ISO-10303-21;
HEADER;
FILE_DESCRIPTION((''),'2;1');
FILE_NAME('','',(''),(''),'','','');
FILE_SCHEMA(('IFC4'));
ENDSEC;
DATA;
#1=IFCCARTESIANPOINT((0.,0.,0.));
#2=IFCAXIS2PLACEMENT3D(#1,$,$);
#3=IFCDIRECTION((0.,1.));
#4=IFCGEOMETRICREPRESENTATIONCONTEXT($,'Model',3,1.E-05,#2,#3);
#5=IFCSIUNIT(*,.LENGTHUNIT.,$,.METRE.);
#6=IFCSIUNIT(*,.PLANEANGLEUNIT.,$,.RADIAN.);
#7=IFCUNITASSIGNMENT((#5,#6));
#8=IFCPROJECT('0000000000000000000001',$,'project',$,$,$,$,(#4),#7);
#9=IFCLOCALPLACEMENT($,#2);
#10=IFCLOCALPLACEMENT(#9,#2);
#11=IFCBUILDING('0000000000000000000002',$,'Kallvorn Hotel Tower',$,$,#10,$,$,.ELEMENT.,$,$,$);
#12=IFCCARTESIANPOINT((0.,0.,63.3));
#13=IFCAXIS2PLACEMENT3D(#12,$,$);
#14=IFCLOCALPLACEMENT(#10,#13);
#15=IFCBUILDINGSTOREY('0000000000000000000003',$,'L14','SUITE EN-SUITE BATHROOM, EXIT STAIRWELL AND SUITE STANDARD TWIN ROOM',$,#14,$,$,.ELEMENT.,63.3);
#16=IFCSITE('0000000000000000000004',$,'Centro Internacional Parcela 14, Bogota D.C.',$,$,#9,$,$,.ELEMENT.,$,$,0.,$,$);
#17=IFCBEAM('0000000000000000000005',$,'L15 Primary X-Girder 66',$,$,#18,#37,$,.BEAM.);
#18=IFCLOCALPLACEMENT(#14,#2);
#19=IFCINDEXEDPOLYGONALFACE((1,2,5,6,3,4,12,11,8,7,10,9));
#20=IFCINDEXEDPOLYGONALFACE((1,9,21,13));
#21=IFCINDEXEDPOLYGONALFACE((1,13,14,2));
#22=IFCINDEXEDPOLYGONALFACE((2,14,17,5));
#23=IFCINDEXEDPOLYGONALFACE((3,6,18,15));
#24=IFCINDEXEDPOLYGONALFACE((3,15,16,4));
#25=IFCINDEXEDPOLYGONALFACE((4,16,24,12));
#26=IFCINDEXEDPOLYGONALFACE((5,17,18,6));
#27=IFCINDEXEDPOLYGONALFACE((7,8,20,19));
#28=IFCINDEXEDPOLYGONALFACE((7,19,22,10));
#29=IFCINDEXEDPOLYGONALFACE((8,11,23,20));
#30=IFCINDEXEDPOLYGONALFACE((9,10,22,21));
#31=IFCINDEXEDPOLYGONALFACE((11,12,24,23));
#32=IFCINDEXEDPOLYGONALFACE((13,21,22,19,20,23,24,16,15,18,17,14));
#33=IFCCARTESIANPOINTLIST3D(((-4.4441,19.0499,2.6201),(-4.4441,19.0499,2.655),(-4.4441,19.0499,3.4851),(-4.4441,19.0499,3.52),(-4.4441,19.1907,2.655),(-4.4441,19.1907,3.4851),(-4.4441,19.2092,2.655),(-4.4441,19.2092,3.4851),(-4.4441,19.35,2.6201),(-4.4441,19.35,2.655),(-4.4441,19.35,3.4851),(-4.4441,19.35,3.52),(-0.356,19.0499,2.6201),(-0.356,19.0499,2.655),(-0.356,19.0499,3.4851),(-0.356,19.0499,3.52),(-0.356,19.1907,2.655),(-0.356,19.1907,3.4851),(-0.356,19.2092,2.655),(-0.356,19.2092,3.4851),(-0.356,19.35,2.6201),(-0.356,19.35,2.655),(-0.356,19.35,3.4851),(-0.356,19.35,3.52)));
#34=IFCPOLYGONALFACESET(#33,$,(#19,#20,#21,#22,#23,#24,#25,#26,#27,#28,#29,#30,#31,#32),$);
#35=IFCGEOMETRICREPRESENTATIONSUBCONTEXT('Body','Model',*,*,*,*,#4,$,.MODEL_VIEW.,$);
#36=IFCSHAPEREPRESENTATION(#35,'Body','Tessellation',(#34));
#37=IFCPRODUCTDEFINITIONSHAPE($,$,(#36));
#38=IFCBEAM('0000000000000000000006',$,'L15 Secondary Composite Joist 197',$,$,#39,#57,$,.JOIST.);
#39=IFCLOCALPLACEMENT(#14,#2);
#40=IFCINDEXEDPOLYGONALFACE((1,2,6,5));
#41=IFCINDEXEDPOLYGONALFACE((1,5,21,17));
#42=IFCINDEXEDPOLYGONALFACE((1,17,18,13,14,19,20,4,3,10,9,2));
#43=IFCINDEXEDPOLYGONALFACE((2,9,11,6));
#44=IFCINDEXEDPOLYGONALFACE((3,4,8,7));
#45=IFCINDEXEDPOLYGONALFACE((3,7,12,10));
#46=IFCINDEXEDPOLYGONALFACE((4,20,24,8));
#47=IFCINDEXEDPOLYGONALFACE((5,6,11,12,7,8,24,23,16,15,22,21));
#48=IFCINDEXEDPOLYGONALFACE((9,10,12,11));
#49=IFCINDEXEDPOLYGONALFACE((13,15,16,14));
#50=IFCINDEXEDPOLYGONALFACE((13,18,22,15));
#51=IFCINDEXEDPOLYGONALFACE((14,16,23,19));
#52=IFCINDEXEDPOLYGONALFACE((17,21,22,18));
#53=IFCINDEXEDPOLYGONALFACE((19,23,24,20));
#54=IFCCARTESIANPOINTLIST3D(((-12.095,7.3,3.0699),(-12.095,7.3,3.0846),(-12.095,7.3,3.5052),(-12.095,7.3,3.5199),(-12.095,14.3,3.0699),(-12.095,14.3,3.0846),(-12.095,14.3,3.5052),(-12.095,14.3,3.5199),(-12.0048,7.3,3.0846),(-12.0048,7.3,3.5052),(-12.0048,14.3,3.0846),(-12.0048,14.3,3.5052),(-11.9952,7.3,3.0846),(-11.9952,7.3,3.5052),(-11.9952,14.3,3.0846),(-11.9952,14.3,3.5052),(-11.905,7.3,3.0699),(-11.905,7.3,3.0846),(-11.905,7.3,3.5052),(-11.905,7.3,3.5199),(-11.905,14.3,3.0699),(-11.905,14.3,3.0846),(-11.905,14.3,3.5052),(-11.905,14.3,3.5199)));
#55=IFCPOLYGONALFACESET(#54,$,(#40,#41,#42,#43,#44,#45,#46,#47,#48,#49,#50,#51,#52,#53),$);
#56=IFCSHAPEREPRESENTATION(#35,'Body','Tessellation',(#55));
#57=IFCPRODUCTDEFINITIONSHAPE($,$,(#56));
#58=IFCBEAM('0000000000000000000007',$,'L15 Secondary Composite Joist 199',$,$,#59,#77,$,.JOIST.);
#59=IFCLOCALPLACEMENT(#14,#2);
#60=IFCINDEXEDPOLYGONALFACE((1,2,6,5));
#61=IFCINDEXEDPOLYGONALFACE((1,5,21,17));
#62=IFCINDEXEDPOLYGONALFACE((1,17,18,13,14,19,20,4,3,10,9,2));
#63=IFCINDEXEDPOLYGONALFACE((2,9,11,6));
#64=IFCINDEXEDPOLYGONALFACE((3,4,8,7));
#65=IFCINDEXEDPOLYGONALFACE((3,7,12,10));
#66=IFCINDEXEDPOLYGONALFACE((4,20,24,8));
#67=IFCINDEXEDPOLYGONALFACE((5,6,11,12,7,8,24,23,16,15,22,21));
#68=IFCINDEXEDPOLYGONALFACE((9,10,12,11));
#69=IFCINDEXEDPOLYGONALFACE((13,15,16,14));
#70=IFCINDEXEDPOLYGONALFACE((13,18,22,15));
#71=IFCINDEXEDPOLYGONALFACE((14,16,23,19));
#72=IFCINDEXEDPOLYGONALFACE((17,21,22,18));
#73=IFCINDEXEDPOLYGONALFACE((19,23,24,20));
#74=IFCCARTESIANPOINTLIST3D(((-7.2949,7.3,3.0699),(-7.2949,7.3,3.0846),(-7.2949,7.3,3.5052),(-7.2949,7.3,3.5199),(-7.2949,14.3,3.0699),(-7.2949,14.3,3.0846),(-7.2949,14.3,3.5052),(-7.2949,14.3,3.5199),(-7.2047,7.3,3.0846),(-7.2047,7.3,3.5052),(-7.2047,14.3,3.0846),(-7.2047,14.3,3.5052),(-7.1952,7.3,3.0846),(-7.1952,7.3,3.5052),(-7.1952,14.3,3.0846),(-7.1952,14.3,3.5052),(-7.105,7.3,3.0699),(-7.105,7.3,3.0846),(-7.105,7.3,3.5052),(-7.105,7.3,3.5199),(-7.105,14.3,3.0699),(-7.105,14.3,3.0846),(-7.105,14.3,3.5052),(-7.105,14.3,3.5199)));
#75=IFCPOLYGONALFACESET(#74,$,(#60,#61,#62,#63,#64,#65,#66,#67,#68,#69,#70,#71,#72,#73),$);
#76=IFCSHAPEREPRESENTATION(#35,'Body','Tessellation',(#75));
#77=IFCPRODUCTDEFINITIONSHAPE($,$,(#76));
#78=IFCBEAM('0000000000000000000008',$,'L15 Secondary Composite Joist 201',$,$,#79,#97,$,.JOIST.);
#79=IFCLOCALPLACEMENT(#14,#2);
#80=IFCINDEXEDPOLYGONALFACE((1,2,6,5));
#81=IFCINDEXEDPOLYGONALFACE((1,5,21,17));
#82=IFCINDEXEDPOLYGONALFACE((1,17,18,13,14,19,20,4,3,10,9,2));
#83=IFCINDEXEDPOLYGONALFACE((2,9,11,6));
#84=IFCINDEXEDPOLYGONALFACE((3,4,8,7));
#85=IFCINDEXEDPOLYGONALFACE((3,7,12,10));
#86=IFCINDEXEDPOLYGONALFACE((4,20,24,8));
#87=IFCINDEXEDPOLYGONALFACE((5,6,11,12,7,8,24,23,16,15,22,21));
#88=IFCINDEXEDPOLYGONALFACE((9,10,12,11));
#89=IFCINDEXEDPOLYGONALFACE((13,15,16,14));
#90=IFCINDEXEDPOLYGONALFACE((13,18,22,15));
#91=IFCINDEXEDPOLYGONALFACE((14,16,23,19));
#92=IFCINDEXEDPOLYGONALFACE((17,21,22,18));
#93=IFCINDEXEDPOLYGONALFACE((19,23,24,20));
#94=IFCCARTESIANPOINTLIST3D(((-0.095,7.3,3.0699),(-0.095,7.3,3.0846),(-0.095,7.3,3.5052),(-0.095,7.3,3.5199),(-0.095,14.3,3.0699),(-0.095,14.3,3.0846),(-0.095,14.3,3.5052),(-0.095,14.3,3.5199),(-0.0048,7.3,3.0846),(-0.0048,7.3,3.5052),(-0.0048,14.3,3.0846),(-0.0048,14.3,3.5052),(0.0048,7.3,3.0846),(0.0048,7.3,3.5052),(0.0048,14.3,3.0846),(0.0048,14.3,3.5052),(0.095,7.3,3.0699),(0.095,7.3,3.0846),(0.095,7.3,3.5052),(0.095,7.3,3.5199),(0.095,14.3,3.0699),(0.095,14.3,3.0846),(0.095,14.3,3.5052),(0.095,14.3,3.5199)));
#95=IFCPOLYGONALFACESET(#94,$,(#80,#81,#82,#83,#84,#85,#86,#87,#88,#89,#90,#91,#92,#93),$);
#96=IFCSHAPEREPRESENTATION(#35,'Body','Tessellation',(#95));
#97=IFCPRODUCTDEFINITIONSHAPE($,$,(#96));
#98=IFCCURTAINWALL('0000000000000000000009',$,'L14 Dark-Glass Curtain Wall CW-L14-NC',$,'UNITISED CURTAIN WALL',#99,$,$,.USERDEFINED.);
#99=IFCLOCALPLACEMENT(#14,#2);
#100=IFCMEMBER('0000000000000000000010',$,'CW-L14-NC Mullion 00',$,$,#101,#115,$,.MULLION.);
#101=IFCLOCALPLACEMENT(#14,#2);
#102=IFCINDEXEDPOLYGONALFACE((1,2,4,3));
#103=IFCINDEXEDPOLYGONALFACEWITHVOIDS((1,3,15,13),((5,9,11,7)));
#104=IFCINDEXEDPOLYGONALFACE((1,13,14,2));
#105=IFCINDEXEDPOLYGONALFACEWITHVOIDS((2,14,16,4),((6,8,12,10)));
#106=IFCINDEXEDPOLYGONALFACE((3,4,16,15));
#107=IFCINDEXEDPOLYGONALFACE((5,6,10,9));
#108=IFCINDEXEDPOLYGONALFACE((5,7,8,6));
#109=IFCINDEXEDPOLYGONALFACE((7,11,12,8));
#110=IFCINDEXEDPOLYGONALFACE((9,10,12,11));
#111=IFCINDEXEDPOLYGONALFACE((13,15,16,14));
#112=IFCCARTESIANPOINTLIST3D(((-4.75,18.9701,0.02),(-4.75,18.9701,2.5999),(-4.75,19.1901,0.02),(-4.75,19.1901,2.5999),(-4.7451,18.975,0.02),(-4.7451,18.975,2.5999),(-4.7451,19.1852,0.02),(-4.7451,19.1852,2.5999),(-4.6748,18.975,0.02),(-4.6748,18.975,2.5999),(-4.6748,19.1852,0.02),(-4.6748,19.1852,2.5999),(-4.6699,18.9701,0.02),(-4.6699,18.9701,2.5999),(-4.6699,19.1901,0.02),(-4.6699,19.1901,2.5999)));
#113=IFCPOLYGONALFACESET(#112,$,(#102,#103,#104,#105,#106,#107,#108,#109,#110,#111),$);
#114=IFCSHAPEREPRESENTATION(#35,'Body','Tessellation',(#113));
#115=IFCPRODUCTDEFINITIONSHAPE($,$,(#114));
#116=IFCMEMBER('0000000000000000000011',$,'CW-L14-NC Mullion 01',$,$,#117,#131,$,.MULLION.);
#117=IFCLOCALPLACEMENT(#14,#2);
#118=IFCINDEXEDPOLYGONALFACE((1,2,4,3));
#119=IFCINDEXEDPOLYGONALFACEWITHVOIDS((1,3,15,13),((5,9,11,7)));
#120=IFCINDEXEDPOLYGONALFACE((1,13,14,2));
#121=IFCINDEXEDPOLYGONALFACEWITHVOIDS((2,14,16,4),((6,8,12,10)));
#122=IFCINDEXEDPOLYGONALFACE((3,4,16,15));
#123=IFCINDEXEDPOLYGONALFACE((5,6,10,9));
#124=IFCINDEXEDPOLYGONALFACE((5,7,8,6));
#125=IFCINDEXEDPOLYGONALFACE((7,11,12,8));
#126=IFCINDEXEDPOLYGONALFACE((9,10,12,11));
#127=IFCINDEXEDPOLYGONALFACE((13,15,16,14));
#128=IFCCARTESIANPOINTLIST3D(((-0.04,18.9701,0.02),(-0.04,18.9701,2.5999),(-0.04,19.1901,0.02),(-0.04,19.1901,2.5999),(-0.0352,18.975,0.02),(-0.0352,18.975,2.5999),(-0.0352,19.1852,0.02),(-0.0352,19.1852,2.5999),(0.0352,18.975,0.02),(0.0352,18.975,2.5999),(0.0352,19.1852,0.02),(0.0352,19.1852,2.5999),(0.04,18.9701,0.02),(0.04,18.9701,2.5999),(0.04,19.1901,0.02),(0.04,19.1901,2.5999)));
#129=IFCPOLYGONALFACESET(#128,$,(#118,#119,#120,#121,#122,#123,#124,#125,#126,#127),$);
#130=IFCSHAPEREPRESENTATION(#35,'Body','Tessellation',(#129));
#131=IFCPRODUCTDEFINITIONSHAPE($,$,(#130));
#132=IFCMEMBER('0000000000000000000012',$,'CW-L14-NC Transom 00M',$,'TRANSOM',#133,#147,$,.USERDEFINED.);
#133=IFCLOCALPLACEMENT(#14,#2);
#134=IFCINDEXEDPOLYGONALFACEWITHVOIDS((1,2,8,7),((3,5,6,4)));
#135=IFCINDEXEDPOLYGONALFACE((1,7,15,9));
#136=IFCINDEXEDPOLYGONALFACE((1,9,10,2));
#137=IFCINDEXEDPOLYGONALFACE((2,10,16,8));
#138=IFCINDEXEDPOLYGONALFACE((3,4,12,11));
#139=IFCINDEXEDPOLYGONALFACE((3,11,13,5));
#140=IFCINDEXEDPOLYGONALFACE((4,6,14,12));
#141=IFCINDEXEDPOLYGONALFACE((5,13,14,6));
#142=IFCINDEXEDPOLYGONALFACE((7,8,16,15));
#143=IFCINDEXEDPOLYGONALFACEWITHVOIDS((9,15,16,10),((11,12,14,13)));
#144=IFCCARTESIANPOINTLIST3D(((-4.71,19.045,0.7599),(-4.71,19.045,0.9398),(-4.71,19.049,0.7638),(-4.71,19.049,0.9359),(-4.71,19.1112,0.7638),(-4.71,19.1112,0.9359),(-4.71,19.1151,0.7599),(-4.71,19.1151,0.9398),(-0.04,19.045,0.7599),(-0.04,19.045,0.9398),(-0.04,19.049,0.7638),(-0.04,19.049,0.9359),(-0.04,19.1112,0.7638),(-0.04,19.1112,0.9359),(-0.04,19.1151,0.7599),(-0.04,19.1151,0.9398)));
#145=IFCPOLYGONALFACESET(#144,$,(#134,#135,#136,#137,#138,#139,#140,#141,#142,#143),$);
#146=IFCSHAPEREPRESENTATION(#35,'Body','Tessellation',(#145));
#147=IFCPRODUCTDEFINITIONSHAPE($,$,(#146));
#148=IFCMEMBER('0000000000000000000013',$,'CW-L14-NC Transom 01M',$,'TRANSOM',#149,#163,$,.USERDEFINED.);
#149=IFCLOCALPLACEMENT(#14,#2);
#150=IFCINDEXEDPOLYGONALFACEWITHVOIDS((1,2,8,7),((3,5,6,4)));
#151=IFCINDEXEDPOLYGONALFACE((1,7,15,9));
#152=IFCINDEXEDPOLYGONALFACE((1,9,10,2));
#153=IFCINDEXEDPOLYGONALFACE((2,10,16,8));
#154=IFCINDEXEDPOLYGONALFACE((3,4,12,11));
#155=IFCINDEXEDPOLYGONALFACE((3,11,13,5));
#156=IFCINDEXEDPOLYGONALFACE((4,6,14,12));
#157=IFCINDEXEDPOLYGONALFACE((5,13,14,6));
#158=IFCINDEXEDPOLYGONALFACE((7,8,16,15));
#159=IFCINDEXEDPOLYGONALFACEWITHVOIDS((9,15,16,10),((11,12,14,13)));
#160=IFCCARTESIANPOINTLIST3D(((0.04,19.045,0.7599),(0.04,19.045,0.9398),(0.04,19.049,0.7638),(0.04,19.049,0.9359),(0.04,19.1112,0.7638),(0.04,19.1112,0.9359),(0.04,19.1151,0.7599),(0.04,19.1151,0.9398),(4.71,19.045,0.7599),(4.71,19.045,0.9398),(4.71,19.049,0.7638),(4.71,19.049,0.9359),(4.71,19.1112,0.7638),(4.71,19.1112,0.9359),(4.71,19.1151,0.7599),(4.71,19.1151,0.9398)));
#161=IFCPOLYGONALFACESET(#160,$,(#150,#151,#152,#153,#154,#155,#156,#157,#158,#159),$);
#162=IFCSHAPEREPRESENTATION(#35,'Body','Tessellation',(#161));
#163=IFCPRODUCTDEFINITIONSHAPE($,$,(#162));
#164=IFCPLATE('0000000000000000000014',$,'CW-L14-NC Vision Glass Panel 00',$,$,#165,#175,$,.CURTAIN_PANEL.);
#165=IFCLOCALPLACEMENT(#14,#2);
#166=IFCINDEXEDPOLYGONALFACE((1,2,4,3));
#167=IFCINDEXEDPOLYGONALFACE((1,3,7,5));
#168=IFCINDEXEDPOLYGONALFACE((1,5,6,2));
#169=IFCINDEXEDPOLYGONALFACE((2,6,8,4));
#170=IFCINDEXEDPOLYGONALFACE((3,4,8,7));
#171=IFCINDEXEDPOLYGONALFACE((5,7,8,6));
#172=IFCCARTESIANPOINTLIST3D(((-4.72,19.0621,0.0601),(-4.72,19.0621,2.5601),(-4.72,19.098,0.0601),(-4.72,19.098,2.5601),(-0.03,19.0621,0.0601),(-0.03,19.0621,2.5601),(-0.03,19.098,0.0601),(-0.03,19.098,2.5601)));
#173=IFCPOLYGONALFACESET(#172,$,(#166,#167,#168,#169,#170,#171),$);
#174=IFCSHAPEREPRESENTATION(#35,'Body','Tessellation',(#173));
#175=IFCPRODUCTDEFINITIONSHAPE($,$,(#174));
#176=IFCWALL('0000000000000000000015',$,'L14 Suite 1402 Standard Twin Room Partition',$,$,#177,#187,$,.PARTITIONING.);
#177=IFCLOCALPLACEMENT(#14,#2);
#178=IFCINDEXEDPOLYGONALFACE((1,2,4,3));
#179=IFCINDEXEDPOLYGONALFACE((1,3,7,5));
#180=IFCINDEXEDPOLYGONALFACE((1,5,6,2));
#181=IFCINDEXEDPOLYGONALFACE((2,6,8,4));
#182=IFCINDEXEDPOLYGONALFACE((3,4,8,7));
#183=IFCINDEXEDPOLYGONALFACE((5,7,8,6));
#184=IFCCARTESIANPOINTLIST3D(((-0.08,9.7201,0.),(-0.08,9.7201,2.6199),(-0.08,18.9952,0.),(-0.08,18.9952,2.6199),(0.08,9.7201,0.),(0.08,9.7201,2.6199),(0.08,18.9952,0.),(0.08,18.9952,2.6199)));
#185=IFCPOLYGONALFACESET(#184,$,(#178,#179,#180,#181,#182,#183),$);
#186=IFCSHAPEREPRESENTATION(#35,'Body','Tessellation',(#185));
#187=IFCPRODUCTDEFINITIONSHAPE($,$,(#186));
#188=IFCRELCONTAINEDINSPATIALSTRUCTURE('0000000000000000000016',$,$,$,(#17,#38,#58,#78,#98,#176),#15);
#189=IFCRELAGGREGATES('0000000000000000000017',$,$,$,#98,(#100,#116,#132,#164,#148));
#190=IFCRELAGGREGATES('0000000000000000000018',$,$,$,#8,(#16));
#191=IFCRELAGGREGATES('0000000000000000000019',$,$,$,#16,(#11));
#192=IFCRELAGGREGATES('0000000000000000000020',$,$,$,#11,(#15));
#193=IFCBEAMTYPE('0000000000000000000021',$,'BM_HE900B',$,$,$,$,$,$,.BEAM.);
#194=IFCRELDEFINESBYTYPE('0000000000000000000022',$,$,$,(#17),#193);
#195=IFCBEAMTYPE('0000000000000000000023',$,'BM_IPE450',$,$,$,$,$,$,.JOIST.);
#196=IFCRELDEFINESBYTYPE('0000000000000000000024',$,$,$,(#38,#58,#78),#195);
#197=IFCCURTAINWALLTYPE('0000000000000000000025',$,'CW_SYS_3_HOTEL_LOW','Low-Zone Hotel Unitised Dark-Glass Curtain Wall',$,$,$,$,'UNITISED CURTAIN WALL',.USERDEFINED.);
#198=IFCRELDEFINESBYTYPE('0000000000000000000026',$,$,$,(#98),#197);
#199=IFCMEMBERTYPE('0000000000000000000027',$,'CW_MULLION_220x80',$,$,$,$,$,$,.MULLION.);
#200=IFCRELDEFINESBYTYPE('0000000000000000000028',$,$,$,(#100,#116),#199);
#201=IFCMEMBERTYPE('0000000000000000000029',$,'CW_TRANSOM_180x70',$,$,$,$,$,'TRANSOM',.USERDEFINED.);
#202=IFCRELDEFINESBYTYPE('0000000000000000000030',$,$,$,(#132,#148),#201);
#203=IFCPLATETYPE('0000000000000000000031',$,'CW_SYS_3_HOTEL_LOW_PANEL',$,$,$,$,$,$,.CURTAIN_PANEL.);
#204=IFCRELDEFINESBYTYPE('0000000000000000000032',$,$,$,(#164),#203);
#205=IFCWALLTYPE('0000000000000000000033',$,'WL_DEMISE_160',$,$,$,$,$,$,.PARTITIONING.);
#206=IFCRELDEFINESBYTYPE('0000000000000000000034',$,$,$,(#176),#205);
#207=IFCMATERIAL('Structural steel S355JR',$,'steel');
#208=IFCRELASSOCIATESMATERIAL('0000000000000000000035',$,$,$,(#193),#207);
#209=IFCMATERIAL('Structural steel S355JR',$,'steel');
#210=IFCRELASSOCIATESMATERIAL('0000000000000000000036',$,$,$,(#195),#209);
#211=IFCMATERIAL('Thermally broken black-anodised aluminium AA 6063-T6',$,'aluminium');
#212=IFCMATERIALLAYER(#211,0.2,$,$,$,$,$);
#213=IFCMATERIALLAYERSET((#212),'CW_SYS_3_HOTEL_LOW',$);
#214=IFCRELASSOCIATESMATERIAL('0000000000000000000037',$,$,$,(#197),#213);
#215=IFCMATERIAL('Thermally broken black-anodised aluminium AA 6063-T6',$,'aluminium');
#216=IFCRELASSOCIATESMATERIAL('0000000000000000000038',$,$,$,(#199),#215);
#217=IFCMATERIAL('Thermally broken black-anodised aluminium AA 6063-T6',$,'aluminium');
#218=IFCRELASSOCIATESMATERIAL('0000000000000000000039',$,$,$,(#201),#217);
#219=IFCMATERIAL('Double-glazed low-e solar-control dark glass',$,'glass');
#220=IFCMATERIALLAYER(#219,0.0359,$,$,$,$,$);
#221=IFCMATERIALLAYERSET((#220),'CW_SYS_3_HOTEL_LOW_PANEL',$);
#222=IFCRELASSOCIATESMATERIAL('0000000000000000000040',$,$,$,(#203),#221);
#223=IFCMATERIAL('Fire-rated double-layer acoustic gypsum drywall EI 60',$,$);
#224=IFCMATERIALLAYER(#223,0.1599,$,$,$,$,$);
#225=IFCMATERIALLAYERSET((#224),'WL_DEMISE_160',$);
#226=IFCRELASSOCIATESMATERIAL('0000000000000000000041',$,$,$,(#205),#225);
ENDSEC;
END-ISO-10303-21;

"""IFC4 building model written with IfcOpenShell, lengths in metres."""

from ifc_helpers import new_model, si_unit, direction, frame, frame_2d, origin, origin_2d, place, context, subcontext, project, spatial, rectangle, hollow_rectangle, i_section, extrude, material, layer, layer_set, material_profile, profile_set, type_object, element, aggregate, save


model = new_model("IFC4")

# Units and contexts
model_context = context("Model", 3, precision=1e-05, world=origin(), true_north=direction((0.0, 1.0)))
body_context = subcontext(model_context, "Body", "Model", "MODEL_VIEW")
ifc_project = project(units=[si_unit("LENGTHUNIT", "METRE"), si_unit("PLANEANGLEUNIT", "RADIAN")], contexts=[model_context])

# Site, building, storey
site_placement = place(None, origin())
site = spatial("IfcSite", under=ifc_project, at=site_placement, Name="Centro Internacional Parcela 14, Bogota D.C.", CompositionType="ELEMENT", RefElevation=0.0)
building_placement = place(site_placement, origin())
building = spatial("IfcBuilding", under=site, at=building_placement, Name="Kallvorn Hotel Tower", CompositionType="ELEMENT")
storey_placement = place(building_placement, frame((0.0, 0.0, 63.3)))
storey = spatial("IfcBuildingStorey", under=building, at=storey_placement, Name="L14", Description="SUITE EN-SUITE BATHROOM, EXIT STAIRWELL AND SUITE STANDARD TWIN ROOM", CompositionType="ELEMENT", Elevation=63.3)

# Beams
ifc_material_1 = material(Name="Structural steel S355JR", Category="steel")
ifc_material_profile_1 = material_profile(ifc_material_1, i_section(OverallWidth=0.3, OverallDepth=0.8999, WebThickness=0.0186, FlangeThickness=0.0349, at=origin_2d()), Name="HE 900 B")
ifc_profile_set_1 = profile_set([ifc_material_profile_1], Name="Structural steel S355JR")
beam_type_1 = type_object("IfcBeamType", Name="BM_HE900B", PredefinedType="BEAM", material=ifc_profile_set_1)
beam_1_placement = place(storey_placement, frame((-4.4441, 19.2, 3.0701), z_axis=(1.0, 0.0, 0.0), x_axis=(0.0, 1.0, 0.0)))
element("IfcBeam", 1, at=beam_1_placement, inside=storey, type_object=beam_type_1, Name="L15 Primary X-Girder 66", PredefinedType="BEAM", context=body_context, shape_type="SweptSolid", body=[
    extrude(i_section(OverallWidth=0.3, OverallDepth=0.8999, WebThickness=0.0186, FlangeThickness=0.0349, at=origin_2d()), origin(), (0.0, 0.0, 1.0), 4.0881),
])
ifc_material_2 = material(Name="Structural steel S355JR", Category="steel")
ifc_material_profile_2 = material_profile(ifc_material_2, i_section(OverallWidth=0.1899, OverallDepth=0.45, WebThickness=0.0095, FlangeThickness=0.0146, at=origin_2d()), Name="IPE 450")
ifc_profile_set_2 = profile_set([ifc_material_profile_2], Name="Structural steel S355JR")
beam_type_2 = type_object("IfcBeamType", Name="BM_IPE450", PredefinedType="JOIST", material=ifc_profile_set_2)
for number, where, z_axis, x_axis, name in (
    (2, (-12.0, 7.3, 3.2949), (0.0, 1.0, 0.0), (-1.0, 0.0, 0.0), "L15 Secondary Composite Joist 197"),
    (3, (-7.2, 7.3, 3.2949), (0.0, 1.0, 0.0), (-1.0, 0.0, 0.0), "L15 Secondary Composite Joist 199"),
    (4, (0.0, 7.3, 3.2949), (0.0, 1.0, 0.0), (-1.0, 0.0, 0.0), "L15 Secondary Composite Joist 201"),
):
    element("IfcBeam", number, at=place(storey_placement, frame(where, z_axis=z_axis, x_axis=x_axis)), inside=storey, type_object=beam_type_2, Name=name, PredefinedType="JOIST", context=body_context, shape_type="SweptSolid", body=[
        extrude(i_section(OverallWidth=0.1899, OverallDepth=0.45, WebThickness=0.0095, FlangeThickness=0.0146, at=origin_2d()), origin(), (0.0, 0.0, 1.0), 7.0),
    ])

# Curtain wall, members, plate
ifc_material_3 = material(Name="Thermally broken black-anodised aluminium AA 6063-T6", Category="aluminium")
ifc_layer_1 = layer(ifc_material_3, 0.2)
ifc_layer_set_1 = layer_set([ifc_layer_1], Name="CW_SYS_3_HOTEL_LOW")
curtain_wall_type = type_object("IfcCurtainWallType", Name="CW_SYS_3_HOTEL_LOW", Description="Low-Zone Hotel Unitised Dark-Glass Curtain Wall", ElementType="UNITISED CURTAIN WALL", PredefinedType="USERDEFINED", material=ifc_layer_set_1)
curtain_wall_placement = place(storey_placement, origin())
curtain_wall = element("IfcCurtainWall", 5, at=curtain_wall_placement, inside=storey, type_object=curtain_wall_type, Name="L14 Dark-Glass Curtain Wall CW-L14-NC", ObjectType="UNITISED CURTAIN WALL", PredefinedType="USERDEFINED")
ifc_material_4 = material(Name="Thermally broken black-anodised aluminium AA 6063-T6", Category="aluminium")
ifc_material_profile_3 = material_profile(ifc_material_4, hollow_rectangle(XDim=0.0801, YDim=0.22, WallThickness=0.0049, at=origin_2d()), Name="MUL 220x80")
ifc_profile_set_3 = profile_set([ifc_material_profile_3], Name="Thermally broken black-anodised aluminium AA 6063-T6")
member_type_1 = type_object("IfcMemberType", Name="CW_MULLION_220x80", PredefinedType="MULLION", material=ifc_profile_set_3)
member_1_placement = place(storey_placement, frame((-4.71, 19.0801, 0.02), z_axis=(0.0, 0.0, 1.0), x_axis=(1.0, 0.0, 0.0)))
member_1 = element("IfcMember", 6, at=member_1_placement, type_object=member_type_1, Name="CW-L14-NC Mullion 00", PredefinedType="MULLION", context=body_context, shape_type="SweptSolid", body=[
    extrude(hollow_rectangle(XDim=0.0801, YDim=0.22, WallThickness=0.0049, at=origin_2d()), origin(), (0.0, 0.0, 1.0), 2.5798),
])
member_2_placement = place(storey_placement, frame((0.0, 19.0801, 0.02), z_axis=(0.0, 0.0, 1.0), x_axis=(1.0, 0.0, 0.0)))
member_2 = element("IfcMember", 7, at=member_2_placement, type_object=member_type_1, Name="CW-L14-NC Mullion 01", PredefinedType="MULLION", context=body_context, shape_type="SweptSolid", body=[
    extrude(hollow_rectangle(XDim=0.0801, YDim=0.22, WallThickness=0.0049, at=origin_2d()), origin(), (0.0, 0.0, 1.0), 2.5798),
])
ifc_material_5 = material(Name="Thermally broken black-anodised aluminium AA 6063-T6", Category="aluminium")
ifc_material_profile_4 = material_profile(ifc_material_5, hollow_rectangle(XDim=0.0701, YDim=0.1799, WallThickness=0.0039, at=origin_2d()), Name="TRN 180x70")
ifc_profile_set_4 = profile_set([ifc_material_profile_4], Name="Thermally broken black-anodised aluminium AA 6063-T6")
member_type_2 = type_object("IfcMemberType", Name="CW_TRANSOM_180x70", ElementType="TRANSOM", PredefinedType="USERDEFINED", material=ifc_profile_set_4)
member_3_placement = place(storey_placement, frame((-4.71, 19.0801, 0.8499), z_axis=(1.0, 0.0, 0.0), x_axis=(0.0, 1.0, 0.0)))
member_3 = element("IfcMember", 8, at=member_3_placement, type_object=member_type_2, Name="CW-L14-NC Transom 00M", ObjectType="TRANSOM", PredefinedType="USERDEFINED", context=body_context, shape_type="SweptSolid", body=[
    extrude(hollow_rectangle(XDim=0.0701, YDim=0.1799, WallThickness=0.0039, at=origin_2d()), origin(), (0.0, 0.0, 1.0), 4.6699),
])
member_4_placement = place(storey_placement, frame((0.04, 19.0801, 0.8499), z_axis=(1.0, 0.0, 0.0), x_axis=(0.0, 1.0, 0.0)))
member_4 = element("IfcMember", 9, at=member_4_placement, type_object=member_type_2, Name="CW-L14-NC Transom 01M", ObjectType="TRANSOM", PredefinedType="USERDEFINED", context=body_context, shape_type="SweptSolid", body=[
    extrude(hollow_rectangle(XDim=0.0701, YDim=0.1799, WallThickness=0.0039, at=origin_2d()), origin(), (0.0, 0.0, 1.0), 4.6699),
])
ifc_material_6 = material(Name="Double-glazed low-e solar-control dark glass", Category="glass")
ifc_layer_2 = layer(ifc_material_6, 0.0359)
ifc_layer_set_2 = layer_set([ifc_layer_2], Name="CW_SYS_3_HOTEL_LOW_PANEL")
plate_type = type_object("IfcPlateType", Name="CW_SYS_3_HOTEL_LOW_PANEL", PredefinedType="CURTAIN_PANEL", material=ifc_layer_set_2)
plate_placement = place(storey_placement, frame((-2.375, 19.0801, 0.0601), z_axis=(0.0, 0.0, 1.0), x_axis=(1.0, 0.0, 0.0)))
plate = element("IfcPlate", 10, at=plate_placement, type_object=plate_type, Name="CW-L14-NC Vision Glass Panel 00", PredefinedType="CURTAIN_PANEL", context=body_context, shape_type="SweptSolid", body=[
    extrude(rectangle(XDim=4.6899, YDim=0.0359, at=origin_2d()), origin(), (0.0, 0.0, 1.0), 2.5),
])
aggregate(curtain_wall, [member_1, member_2, member_3, plate, member_4])

# Wall
ifc_material_7 = material(Name="Fire-rated double-layer acoustic gypsum drywall EI 60")
ifc_layer_3 = layer(ifc_material_7, 0.1599)
ifc_layer_set_3 = layer_set([ifc_layer_3], Name="WL_DEMISE_160")
wall_type_1 = type_object("IfcWallType", Name="WL_DEMISE_160", PredefinedType="PARTITIONING", material=ifc_layer_set_3)
wall_1_placement = place(storey_placement, frame((0.0, 9.72, 0.0), z_axis=(0.0, 0.0, 1.0), x_axis=(0.0, 1.0, 0.0)))
element("IfcWall", 11, at=wall_1_placement, inside=storey, type_object=wall_type_1, Name="L14 Suite 1402 Standard Twin Room Partition", PredefinedType="PARTITIONING", context=body_context, shape_type="SweptSolid", body=[
    extrude(rectangle(XDim=9.2751, YDim=0.1599, at=frame_2d((4.6377, 0.0))), origin(), (0.0, 0.0, 1.0), 2.6199),
])

save(model, "model.ifc")
